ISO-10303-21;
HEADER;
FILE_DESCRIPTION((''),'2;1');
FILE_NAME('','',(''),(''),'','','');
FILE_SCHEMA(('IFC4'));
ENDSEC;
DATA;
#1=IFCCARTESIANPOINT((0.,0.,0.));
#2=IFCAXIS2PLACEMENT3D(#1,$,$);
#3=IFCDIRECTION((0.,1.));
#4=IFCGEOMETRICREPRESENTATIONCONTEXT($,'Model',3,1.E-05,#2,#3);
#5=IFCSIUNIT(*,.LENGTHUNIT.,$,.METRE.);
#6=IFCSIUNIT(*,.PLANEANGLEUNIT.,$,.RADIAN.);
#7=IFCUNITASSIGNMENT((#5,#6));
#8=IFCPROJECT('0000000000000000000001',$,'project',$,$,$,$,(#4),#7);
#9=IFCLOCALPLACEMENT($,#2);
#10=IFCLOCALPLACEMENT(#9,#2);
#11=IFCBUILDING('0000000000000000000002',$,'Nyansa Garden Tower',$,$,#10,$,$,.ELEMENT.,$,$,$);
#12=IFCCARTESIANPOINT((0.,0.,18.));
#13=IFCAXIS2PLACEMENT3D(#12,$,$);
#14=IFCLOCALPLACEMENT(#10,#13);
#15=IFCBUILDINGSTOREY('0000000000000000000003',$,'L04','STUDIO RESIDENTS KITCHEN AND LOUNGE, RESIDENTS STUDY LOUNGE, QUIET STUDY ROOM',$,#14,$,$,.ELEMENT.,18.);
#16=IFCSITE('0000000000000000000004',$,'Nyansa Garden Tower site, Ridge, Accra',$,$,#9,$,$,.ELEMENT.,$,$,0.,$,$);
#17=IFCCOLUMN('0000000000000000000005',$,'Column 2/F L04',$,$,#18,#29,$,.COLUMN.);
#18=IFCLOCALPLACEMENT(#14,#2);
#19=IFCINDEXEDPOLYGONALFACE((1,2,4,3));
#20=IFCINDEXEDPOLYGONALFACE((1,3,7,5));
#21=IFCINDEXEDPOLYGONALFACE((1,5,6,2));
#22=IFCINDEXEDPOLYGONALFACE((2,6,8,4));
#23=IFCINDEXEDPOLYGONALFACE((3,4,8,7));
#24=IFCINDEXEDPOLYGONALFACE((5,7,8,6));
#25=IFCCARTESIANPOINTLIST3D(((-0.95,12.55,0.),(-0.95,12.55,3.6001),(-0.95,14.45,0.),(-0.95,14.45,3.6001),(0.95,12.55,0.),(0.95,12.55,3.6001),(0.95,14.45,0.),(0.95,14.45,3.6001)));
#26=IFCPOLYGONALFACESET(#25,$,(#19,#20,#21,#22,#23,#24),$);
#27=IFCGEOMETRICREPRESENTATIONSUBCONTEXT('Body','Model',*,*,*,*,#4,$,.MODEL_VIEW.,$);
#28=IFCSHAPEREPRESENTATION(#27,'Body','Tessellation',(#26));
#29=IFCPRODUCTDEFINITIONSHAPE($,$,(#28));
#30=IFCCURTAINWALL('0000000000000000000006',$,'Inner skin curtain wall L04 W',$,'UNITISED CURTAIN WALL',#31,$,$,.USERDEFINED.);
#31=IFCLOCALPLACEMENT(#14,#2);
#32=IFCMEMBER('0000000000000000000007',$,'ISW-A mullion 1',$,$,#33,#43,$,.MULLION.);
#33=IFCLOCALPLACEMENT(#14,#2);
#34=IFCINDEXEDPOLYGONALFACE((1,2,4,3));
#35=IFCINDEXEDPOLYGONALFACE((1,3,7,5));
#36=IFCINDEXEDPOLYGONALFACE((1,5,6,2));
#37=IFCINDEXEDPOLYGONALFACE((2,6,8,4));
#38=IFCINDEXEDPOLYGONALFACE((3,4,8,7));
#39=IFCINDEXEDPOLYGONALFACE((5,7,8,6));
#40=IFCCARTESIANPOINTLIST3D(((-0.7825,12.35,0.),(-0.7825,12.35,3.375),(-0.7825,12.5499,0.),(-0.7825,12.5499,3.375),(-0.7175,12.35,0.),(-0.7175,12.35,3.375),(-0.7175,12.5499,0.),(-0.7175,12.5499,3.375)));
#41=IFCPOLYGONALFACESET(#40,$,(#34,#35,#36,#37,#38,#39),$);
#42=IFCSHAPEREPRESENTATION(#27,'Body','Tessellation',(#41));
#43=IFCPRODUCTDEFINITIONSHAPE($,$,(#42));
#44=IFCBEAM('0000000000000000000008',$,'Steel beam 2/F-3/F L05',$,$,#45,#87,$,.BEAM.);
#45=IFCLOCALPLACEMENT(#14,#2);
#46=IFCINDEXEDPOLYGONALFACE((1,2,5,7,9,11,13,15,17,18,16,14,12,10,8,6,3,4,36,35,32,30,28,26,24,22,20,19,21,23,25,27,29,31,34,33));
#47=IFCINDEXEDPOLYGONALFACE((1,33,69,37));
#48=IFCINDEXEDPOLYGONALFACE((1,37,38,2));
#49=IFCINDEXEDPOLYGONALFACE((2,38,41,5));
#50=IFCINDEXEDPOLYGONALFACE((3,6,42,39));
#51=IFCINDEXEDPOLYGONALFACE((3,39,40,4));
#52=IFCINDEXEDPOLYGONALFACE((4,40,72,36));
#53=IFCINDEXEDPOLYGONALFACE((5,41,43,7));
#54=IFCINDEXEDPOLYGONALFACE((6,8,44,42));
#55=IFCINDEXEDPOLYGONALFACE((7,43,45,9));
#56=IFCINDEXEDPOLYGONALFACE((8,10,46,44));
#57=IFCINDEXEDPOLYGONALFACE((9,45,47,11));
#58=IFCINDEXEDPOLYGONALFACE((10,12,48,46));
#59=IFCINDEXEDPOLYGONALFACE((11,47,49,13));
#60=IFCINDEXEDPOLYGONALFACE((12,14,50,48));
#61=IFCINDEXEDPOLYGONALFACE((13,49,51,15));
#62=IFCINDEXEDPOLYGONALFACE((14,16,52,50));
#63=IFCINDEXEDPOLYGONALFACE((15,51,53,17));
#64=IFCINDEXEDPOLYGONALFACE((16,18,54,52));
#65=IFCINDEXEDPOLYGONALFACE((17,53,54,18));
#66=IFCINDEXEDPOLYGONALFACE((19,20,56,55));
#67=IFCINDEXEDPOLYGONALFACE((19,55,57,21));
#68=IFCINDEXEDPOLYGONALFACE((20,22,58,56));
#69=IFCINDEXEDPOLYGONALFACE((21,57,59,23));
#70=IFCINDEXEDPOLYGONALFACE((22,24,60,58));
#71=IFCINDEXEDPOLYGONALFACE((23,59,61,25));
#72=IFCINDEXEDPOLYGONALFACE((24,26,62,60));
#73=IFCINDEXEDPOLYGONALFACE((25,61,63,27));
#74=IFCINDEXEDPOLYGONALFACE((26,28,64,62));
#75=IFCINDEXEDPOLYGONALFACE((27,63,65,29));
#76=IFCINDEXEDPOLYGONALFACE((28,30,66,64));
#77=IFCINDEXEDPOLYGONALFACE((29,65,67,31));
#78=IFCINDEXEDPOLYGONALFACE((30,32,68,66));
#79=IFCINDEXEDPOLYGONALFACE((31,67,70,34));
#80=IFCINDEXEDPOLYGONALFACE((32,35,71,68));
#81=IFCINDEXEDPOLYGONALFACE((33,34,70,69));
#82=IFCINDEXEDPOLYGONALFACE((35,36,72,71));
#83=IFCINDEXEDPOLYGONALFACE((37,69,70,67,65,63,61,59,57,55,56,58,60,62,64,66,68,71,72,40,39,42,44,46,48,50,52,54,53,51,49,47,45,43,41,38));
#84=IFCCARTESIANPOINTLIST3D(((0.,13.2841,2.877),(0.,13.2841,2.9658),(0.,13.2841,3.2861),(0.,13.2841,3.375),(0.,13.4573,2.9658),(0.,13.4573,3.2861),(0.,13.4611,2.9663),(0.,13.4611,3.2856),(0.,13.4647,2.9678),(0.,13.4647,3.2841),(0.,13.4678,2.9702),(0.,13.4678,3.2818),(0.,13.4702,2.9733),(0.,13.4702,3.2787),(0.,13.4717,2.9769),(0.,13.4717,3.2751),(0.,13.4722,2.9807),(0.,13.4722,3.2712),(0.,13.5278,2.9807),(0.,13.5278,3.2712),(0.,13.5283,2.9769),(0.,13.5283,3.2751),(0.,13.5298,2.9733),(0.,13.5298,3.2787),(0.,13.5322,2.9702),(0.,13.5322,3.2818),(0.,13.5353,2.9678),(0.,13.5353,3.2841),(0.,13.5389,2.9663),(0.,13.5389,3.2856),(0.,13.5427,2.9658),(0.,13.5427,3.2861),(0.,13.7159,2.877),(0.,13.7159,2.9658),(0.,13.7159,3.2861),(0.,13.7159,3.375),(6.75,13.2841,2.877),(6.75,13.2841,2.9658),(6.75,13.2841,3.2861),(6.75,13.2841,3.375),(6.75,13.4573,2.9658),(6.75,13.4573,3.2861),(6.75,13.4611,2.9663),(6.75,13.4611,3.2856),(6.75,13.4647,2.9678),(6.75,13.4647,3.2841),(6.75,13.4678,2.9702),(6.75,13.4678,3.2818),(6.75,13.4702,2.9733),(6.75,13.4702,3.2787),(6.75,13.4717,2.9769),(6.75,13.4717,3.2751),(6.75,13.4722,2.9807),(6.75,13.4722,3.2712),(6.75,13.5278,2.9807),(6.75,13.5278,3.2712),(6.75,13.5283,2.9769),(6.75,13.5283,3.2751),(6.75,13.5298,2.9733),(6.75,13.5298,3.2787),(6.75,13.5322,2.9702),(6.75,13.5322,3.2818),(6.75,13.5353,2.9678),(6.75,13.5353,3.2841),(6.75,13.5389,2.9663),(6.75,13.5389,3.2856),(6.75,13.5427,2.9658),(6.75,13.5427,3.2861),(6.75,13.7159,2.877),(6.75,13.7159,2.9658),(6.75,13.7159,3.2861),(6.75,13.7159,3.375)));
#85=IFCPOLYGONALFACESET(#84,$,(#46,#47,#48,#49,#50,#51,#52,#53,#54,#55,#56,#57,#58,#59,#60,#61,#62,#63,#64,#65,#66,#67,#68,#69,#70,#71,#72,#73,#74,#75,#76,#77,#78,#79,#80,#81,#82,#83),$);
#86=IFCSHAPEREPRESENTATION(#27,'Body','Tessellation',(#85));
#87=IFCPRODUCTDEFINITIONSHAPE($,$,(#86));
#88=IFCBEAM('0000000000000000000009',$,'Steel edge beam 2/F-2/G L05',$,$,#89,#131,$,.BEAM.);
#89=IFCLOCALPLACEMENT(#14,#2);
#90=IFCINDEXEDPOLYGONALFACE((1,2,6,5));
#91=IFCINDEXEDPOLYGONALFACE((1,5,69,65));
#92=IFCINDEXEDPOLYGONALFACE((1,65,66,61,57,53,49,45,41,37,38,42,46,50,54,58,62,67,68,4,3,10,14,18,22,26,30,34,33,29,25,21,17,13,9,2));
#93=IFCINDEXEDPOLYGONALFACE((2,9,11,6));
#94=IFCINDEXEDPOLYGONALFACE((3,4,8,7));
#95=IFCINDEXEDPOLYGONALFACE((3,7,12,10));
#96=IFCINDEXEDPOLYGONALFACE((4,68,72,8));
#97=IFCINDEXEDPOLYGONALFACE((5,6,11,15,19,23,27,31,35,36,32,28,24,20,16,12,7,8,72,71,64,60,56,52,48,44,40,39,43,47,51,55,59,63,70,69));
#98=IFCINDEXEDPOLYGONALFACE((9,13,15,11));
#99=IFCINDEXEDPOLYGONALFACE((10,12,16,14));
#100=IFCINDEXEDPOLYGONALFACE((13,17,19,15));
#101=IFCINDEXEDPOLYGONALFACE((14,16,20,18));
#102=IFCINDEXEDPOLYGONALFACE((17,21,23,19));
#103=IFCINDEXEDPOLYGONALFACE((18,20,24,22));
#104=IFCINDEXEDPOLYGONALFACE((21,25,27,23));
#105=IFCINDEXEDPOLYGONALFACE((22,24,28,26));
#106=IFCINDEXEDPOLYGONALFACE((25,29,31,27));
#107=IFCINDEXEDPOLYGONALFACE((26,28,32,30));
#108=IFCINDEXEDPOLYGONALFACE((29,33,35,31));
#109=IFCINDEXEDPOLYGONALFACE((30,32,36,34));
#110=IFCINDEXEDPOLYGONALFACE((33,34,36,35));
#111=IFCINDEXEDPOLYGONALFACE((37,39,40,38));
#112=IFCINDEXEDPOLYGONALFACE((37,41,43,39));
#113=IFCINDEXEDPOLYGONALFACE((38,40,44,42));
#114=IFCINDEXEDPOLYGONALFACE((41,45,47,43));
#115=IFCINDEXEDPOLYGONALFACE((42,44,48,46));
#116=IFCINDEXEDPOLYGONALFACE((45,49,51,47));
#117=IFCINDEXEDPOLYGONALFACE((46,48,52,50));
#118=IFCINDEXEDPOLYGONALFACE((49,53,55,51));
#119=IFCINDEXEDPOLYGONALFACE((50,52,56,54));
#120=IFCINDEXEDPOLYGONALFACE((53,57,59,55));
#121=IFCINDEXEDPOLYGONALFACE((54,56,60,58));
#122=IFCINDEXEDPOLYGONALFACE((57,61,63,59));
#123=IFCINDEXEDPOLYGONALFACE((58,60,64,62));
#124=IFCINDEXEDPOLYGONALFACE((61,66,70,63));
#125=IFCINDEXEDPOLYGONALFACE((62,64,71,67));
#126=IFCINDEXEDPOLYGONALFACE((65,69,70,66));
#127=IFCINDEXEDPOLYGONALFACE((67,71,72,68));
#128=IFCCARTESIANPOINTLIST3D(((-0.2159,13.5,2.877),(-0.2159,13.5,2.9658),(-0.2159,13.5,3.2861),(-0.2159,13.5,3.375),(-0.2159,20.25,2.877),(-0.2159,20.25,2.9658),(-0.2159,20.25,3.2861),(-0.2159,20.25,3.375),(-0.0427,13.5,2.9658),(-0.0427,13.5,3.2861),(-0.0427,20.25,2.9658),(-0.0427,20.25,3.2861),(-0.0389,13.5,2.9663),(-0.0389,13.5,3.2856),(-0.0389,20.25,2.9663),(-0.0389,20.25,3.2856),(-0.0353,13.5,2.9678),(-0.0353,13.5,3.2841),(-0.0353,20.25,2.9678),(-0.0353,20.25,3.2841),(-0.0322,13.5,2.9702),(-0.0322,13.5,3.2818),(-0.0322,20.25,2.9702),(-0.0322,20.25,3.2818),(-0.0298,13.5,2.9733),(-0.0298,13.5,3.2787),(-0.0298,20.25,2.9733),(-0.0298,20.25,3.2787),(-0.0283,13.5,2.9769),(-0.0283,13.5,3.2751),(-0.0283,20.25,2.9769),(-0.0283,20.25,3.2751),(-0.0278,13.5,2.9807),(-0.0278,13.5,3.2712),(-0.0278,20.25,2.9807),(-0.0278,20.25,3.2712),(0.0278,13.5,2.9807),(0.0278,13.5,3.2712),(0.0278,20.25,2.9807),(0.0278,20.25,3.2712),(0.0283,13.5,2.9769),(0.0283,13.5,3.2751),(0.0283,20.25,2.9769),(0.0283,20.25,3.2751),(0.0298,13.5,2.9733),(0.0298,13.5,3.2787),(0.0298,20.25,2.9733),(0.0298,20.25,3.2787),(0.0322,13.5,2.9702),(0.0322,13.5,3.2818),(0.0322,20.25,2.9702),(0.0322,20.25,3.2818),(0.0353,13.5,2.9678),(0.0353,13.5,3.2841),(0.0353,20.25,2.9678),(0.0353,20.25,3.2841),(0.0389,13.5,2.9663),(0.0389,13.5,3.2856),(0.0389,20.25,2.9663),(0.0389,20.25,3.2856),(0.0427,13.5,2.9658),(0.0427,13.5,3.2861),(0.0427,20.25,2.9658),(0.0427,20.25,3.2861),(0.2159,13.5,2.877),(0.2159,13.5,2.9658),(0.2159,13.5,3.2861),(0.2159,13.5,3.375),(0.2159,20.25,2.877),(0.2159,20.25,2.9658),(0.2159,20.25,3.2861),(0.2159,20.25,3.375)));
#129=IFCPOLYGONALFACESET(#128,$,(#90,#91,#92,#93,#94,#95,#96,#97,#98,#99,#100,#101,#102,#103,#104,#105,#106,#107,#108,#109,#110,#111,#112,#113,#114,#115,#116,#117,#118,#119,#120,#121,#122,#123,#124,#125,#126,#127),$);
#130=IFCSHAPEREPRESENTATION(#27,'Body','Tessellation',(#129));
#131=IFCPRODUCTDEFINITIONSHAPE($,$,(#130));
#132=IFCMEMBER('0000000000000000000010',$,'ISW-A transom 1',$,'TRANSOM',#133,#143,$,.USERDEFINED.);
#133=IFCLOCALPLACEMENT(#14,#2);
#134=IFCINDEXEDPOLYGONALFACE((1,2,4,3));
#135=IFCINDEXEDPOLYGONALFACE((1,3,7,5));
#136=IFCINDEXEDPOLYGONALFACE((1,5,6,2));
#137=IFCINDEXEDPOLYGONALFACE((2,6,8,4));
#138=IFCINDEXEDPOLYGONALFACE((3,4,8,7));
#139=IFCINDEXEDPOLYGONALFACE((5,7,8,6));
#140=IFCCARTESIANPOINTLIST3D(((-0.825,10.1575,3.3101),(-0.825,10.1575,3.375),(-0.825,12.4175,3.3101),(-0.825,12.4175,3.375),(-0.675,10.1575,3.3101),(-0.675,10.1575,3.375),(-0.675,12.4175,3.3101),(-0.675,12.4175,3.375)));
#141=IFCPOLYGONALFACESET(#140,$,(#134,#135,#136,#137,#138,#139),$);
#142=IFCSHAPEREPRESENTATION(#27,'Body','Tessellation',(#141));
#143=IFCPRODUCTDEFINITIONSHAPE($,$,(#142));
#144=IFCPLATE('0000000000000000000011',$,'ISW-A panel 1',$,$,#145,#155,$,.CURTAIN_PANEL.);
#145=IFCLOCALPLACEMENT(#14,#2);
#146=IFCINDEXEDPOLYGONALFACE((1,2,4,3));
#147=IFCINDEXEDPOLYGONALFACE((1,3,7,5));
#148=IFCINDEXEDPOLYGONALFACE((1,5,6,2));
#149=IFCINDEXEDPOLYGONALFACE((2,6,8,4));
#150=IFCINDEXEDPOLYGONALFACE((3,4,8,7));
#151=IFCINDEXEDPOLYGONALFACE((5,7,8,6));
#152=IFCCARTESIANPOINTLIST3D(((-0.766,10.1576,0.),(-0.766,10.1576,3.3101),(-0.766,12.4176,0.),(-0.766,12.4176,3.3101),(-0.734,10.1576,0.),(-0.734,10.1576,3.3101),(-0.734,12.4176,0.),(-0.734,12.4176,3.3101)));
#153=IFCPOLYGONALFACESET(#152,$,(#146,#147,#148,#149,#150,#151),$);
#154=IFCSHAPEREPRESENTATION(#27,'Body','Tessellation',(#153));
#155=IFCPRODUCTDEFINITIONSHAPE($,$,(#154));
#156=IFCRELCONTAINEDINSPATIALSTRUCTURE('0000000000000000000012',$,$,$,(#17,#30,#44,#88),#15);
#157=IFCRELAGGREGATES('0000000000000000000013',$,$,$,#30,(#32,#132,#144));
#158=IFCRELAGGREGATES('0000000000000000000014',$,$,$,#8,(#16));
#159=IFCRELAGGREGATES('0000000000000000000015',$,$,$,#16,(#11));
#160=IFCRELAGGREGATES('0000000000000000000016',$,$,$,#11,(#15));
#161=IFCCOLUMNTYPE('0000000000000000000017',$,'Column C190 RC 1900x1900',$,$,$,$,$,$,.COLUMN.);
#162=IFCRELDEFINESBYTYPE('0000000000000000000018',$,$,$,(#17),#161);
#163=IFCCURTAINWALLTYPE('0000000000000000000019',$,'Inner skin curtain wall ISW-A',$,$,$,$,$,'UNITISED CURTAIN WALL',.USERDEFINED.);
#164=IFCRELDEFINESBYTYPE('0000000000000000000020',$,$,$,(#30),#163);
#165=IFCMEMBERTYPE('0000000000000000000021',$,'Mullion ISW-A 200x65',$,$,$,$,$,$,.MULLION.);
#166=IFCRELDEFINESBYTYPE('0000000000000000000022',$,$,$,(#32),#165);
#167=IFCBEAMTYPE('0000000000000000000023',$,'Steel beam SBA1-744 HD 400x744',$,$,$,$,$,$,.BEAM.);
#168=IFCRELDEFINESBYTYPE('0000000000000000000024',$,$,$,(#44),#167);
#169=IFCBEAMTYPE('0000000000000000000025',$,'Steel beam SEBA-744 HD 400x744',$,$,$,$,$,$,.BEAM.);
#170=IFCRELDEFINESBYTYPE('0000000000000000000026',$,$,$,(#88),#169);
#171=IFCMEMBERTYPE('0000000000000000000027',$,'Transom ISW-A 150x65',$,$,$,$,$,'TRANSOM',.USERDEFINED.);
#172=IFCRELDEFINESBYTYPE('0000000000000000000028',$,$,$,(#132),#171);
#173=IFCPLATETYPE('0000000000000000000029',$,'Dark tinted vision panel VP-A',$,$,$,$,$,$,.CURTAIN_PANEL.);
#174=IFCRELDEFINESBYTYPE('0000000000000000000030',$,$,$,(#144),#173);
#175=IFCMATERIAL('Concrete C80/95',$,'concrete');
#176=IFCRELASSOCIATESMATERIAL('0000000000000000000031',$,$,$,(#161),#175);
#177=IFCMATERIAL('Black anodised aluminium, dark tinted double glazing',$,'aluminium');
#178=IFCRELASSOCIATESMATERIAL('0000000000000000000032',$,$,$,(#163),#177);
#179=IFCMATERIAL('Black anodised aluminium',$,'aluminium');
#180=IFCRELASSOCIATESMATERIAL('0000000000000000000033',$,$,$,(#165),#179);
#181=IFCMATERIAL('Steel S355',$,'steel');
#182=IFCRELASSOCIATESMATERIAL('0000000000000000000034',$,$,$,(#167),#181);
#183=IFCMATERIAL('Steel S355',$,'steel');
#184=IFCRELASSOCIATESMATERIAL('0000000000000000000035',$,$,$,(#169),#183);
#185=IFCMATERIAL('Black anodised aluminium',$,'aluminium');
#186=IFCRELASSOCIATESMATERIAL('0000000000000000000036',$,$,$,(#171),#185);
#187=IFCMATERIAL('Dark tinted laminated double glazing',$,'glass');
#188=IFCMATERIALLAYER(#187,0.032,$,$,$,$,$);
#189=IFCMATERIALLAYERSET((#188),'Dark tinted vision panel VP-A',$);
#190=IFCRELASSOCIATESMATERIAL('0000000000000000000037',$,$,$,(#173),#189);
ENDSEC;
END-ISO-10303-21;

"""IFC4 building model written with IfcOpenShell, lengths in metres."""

from ifc_helpers import new_model, si_unit, direction, frame, origin, origin_2d, place, context, subcontext, project, spatial, rectangle, i_section, extrude, material, layer, layer_set, material_profile, profile_set, type_object, element, aggregate, save


model = new_model("IFC4")

# Units and contexts
model_context = context("Model", 3, precision=1e-05, world=origin(), true_north=direction((0.0, 1.0)))
body_context = subcontext(model_context, "Body", "Model", "MODEL_VIEW")
ifc_project = project(units=[si_unit("LENGTHUNIT", "METRE"), si_unit("PLANEANGLEUNIT", "RADIAN")], contexts=[model_context])

# Site, building, storey
site_placement = place(None, origin())
site = spatial("IfcSite", under=ifc_project, at=site_placement, Name="Nyansa Garden Tower site, Ridge, Accra", CompositionType="ELEMENT", RefElevation=0.0)
building_placement = place(site_placement, origin())
building = spatial("IfcBuilding", under=site, at=building_placement, Name="Nyansa Garden Tower", CompositionType="ELEMENT")
storey_placement = place(building_placement, frame((0.0, 0.0, 18.0)))
storey = spatial("IfcBuildingStorey", under=building, at=storey_placement, Name="L04", Description="STUDIO RESIDENTS KITCHEN AND LOUNGE, RESIDENTS STUDY LOUNGE, QUIET STUDY ROOM", CompositionType="ELEMENT", Elevation=18.0)

# Column
ifc_material_1 = material(Name="Concrete C80/95", Category="concrete")
ifc_material_profile_1 = material_profile(ifc_material_1, rectangle(XDim=1.8999, YDim=1.8999, at=origin_2d()), Name="RC 1900x1900")
ifc_profile_set_1 = profile_set([ifc_material_profile_1], Name="Concrete C80/95")
column_type = type_object("IfcColumnType", Name="Column C190 RC 1900x1900", PredefinedType="COLUMN", material=ifc_profile_set_1)
column_placement = place(storey_placement, frame((0.0, 13.5, 0.0), z_axis=(0.0, 0.0, 1.0), x_axis=(1.0, 0.0, 0.0)))
element("IfcColumn", 1, at=column_placement, inside=storey, type_object=column_type, Name="Column 2/F L04", PredefinedType="COLUMN", context=body_context, shape_type="SweptSolid", body=[
    extrude(rectangle(XDim=1.8999, YDim=1.8999, at=origin_2d()), origin(), (0.0, 0.0, 1.0), 3.6001),
])

# Curtain wall, member
ifc_material_2 = material(Name="Black anodised aluminium, dark tinted double glazing", Category="aluminium")
curtain_wall_type = type_object("IfcCurtainWallType", Name="Inner skin curtain wall ISW-A", ElementType="UNITISED CURTAIN WALL", PredefinedType="USERDEFINED", material=ifc_material_2)
curtain_wall_placement = place(storey_placement, origin())
curtain_wall = element("IfcCurtainWall", 2, at=curtain_wall_placement, inside=storey, type_object=curtain_wall_type, Name="Inner skin curtain wall L04 W", ObjectType="UNITISED CURTAIN WALL", PredefinedType="USERDEFINED")
ifc_material_3 = material(Name="Black anodised aluminium", Category="aluminium")
ifc_material_profile_2 = material_profile(ifc_material_3, rectangle(XDim=0.0649, YDim=0.2, at=origin_2d()), Name="Mullion 200x65")
ifc_profile_set_2 = profile_set([ifc_material_profile_2], Name="Black anodised aluminium")
member_type_1 = type_object("IfcMemberType", Name="Mullion ISW-A 200x65", PredefinedType="MULLION", material=ifc_profile_set_2)
member_1_placement = place(storey_placement, frame((-0.75, 12.45, 0.0), z_axis=(0.0, 0.0, 1.0), x_axis=(1.0, 0.0, 0.0)))
member_1 = element("IfcMember", 3, at=member_1_placement, type_object=member_type_1, Name="ISW-A mullion 1", PredefinedType="MULLION", context=body_context, shape_type="SweptSolid", body=[
    extrude(rectangle(XDim=0.0649, YDim=0.2, at=origin_2d()), origin(), (0.0, 0.0, 1.0), 3.375),
])

# Beams
ifc_material_4 = material(Name="Steel S355", Category="steel")
ifc_material_profile_3 = material_profile(ifc_material_4, i_section(OverallWidth=0.4319, OverallDepth=0.498, WebThickness=0.0557, FlangeThickness=0.0889, FilletRadius=0.0149, at=origin_2d()), Name="HD 400x744")
ifc_profile_set_3 = profile_set([ifc_material_profile_3], Name="Steel S355")
beam_type_1 = type_object("IfcBeamType", Name="Steel beam SBA1-744 HD 400x744", PredefinedType="BEAM", material=ifc_profile_set_3)
beam_1_placement = place(storey_placement, frame((0.0, 13.5, 3.126), z_axis=(1.0, 0.0, 0.0), x_axis=(0.0, 1.0, 0.0)))
element("IfcBeam", 4, at=beam_1_placement, inside=storey, type_object=beam_type_1, Name="Steel beam 2/F-3/F L05", PredefinedType="BEAM", context=body_context, shape_type="SweptSolid", body=[
    extrude(i_section(OverallWidth=0.4319, OverallDepth=0.498, WebThickness=0.0557, FlangeThickness=0.0889, FilletRadius=0.0149, at=origin_2d()), origin(), (0.0, 0.0, 1.0), 6.75),
])
ifc_material_5 = material(Name="Steel S355", Category="steel")
ifc_material_profile_4 = material_profile(ifc_material_5, i_section(OverallWidth=0.4319, OverallDepth=0.498, WebThickness=0.0557, FlangeThickness=0.0889, FilletRadius=0.0149, at=origin_2d()), Name="HD 400x744")
ifc_profile_set_4 = profile_set([ifc_material_profile_4], Name="Steel S355")
beam_type_2 = type_object("IfcBeamType", Name="Steel beam SEBA-744 HD 400x744", PredefinedType="BEAM", material=ifc_profile_set_4)
beam_2_placement = place(storey_placement, frame((0.0, 13.5, 3.126), z_axis=(0.0, 1.0, 0.0), x_axis=(-1.0, 0.0, 0.0)))
element("IfcBeam", 5, at=beam_2_placement, inside=storey, type_object=beam_type_2, Name="Steel edge beam 2/F-2/G L05", PredefinedType="BEAM", context=body_context, shape_type="SweptSolid", body=[
    extrude(i_section(OverallWidth=0.4319, OverallDepth=0.498, WebThickness=0.0557, FlangeThickness=0.0889, FilletRadius=0.0149, at=origin_2d()), origin(), (0.0, 0.0, 1.0), 6.75),
])

# Member
ifc_material_6 = material(Name="Black anodised aluminium", Category="aluminium")
ifc_material_profile_5 = material_profile(ifc_material_6, rectangle(XDim=0.1499, YDim=0.0649, at=origin_2d()), Name="Transom 150x65")
ifc_profile_set_5 = profile_set([ifc_material_profile_5], Name="Black anodised aluminium")
member_type_2 = type_object("IfcMemberType", Name="Transom ISW-A 150x65", ElementType="TRANSOM", PredefinedType="USERDEFINED", material=ifc_profile_set_5)
member_2_placement = place(storey_placement, frame((-0.75, 12.4175, 3.3425), z_axis=(0.0, -1.0, 0.0), x_axis=(1.0, 0.0, 0.0)))
member_2 = element("IfcMember", 6, at=member_2_placement, type_object=member_type_2, Name="ISW-A transom 1", ObjectType="TRANSOM", PredefinedType="USERDEFINED", context=body_context, shape_type="SweptSolid", body=[
    extrude(rectangle(XDim=0.1499, YDim=0.0649, at=origin_2d()), origin(), (0.0, 0.0, 1.0), 2.26),
])

# Plate
ifc_material_7 = material(Name="Dark tinted laminated double glazing", Category="glass")
ifc_layer_1 = layer(ifc_material_7, 0.032)
ifc_layer_set_1 = layer_set([ifc_layer_1], Name="Dark tinted vision panel VP-A")
plate_type = type_object("IfcPlateType", Name="Dark tinted vision panel VP-A", PredefinedType="CURTAIN_PANEL", material=ifc_layer_set_1)
plate_placement = place(storey_placement, frame((-0.75, 11.2876, 0.0), z_axis=(0.0, 0.0, 1.0), x_axis=(0.0, -1.0, 0.0)))
plate = element("IfcPlate", 7, at=plate_placement, type_object=plate_type, Name="ISW-A panel 1", PredefinedType="CURTAIN_PANEL", context=body_context, shape_type="SweptSolid", body=[
    extrude(rectangle(XDim=2.26, YDim=0.032, at=origin_2d()), origin(), (0.0, 0.0, 1.0), 3.3101),
])
aggregate(curtain_wall, [member_1, member_2, plate])

save(model, "model.ifc")
